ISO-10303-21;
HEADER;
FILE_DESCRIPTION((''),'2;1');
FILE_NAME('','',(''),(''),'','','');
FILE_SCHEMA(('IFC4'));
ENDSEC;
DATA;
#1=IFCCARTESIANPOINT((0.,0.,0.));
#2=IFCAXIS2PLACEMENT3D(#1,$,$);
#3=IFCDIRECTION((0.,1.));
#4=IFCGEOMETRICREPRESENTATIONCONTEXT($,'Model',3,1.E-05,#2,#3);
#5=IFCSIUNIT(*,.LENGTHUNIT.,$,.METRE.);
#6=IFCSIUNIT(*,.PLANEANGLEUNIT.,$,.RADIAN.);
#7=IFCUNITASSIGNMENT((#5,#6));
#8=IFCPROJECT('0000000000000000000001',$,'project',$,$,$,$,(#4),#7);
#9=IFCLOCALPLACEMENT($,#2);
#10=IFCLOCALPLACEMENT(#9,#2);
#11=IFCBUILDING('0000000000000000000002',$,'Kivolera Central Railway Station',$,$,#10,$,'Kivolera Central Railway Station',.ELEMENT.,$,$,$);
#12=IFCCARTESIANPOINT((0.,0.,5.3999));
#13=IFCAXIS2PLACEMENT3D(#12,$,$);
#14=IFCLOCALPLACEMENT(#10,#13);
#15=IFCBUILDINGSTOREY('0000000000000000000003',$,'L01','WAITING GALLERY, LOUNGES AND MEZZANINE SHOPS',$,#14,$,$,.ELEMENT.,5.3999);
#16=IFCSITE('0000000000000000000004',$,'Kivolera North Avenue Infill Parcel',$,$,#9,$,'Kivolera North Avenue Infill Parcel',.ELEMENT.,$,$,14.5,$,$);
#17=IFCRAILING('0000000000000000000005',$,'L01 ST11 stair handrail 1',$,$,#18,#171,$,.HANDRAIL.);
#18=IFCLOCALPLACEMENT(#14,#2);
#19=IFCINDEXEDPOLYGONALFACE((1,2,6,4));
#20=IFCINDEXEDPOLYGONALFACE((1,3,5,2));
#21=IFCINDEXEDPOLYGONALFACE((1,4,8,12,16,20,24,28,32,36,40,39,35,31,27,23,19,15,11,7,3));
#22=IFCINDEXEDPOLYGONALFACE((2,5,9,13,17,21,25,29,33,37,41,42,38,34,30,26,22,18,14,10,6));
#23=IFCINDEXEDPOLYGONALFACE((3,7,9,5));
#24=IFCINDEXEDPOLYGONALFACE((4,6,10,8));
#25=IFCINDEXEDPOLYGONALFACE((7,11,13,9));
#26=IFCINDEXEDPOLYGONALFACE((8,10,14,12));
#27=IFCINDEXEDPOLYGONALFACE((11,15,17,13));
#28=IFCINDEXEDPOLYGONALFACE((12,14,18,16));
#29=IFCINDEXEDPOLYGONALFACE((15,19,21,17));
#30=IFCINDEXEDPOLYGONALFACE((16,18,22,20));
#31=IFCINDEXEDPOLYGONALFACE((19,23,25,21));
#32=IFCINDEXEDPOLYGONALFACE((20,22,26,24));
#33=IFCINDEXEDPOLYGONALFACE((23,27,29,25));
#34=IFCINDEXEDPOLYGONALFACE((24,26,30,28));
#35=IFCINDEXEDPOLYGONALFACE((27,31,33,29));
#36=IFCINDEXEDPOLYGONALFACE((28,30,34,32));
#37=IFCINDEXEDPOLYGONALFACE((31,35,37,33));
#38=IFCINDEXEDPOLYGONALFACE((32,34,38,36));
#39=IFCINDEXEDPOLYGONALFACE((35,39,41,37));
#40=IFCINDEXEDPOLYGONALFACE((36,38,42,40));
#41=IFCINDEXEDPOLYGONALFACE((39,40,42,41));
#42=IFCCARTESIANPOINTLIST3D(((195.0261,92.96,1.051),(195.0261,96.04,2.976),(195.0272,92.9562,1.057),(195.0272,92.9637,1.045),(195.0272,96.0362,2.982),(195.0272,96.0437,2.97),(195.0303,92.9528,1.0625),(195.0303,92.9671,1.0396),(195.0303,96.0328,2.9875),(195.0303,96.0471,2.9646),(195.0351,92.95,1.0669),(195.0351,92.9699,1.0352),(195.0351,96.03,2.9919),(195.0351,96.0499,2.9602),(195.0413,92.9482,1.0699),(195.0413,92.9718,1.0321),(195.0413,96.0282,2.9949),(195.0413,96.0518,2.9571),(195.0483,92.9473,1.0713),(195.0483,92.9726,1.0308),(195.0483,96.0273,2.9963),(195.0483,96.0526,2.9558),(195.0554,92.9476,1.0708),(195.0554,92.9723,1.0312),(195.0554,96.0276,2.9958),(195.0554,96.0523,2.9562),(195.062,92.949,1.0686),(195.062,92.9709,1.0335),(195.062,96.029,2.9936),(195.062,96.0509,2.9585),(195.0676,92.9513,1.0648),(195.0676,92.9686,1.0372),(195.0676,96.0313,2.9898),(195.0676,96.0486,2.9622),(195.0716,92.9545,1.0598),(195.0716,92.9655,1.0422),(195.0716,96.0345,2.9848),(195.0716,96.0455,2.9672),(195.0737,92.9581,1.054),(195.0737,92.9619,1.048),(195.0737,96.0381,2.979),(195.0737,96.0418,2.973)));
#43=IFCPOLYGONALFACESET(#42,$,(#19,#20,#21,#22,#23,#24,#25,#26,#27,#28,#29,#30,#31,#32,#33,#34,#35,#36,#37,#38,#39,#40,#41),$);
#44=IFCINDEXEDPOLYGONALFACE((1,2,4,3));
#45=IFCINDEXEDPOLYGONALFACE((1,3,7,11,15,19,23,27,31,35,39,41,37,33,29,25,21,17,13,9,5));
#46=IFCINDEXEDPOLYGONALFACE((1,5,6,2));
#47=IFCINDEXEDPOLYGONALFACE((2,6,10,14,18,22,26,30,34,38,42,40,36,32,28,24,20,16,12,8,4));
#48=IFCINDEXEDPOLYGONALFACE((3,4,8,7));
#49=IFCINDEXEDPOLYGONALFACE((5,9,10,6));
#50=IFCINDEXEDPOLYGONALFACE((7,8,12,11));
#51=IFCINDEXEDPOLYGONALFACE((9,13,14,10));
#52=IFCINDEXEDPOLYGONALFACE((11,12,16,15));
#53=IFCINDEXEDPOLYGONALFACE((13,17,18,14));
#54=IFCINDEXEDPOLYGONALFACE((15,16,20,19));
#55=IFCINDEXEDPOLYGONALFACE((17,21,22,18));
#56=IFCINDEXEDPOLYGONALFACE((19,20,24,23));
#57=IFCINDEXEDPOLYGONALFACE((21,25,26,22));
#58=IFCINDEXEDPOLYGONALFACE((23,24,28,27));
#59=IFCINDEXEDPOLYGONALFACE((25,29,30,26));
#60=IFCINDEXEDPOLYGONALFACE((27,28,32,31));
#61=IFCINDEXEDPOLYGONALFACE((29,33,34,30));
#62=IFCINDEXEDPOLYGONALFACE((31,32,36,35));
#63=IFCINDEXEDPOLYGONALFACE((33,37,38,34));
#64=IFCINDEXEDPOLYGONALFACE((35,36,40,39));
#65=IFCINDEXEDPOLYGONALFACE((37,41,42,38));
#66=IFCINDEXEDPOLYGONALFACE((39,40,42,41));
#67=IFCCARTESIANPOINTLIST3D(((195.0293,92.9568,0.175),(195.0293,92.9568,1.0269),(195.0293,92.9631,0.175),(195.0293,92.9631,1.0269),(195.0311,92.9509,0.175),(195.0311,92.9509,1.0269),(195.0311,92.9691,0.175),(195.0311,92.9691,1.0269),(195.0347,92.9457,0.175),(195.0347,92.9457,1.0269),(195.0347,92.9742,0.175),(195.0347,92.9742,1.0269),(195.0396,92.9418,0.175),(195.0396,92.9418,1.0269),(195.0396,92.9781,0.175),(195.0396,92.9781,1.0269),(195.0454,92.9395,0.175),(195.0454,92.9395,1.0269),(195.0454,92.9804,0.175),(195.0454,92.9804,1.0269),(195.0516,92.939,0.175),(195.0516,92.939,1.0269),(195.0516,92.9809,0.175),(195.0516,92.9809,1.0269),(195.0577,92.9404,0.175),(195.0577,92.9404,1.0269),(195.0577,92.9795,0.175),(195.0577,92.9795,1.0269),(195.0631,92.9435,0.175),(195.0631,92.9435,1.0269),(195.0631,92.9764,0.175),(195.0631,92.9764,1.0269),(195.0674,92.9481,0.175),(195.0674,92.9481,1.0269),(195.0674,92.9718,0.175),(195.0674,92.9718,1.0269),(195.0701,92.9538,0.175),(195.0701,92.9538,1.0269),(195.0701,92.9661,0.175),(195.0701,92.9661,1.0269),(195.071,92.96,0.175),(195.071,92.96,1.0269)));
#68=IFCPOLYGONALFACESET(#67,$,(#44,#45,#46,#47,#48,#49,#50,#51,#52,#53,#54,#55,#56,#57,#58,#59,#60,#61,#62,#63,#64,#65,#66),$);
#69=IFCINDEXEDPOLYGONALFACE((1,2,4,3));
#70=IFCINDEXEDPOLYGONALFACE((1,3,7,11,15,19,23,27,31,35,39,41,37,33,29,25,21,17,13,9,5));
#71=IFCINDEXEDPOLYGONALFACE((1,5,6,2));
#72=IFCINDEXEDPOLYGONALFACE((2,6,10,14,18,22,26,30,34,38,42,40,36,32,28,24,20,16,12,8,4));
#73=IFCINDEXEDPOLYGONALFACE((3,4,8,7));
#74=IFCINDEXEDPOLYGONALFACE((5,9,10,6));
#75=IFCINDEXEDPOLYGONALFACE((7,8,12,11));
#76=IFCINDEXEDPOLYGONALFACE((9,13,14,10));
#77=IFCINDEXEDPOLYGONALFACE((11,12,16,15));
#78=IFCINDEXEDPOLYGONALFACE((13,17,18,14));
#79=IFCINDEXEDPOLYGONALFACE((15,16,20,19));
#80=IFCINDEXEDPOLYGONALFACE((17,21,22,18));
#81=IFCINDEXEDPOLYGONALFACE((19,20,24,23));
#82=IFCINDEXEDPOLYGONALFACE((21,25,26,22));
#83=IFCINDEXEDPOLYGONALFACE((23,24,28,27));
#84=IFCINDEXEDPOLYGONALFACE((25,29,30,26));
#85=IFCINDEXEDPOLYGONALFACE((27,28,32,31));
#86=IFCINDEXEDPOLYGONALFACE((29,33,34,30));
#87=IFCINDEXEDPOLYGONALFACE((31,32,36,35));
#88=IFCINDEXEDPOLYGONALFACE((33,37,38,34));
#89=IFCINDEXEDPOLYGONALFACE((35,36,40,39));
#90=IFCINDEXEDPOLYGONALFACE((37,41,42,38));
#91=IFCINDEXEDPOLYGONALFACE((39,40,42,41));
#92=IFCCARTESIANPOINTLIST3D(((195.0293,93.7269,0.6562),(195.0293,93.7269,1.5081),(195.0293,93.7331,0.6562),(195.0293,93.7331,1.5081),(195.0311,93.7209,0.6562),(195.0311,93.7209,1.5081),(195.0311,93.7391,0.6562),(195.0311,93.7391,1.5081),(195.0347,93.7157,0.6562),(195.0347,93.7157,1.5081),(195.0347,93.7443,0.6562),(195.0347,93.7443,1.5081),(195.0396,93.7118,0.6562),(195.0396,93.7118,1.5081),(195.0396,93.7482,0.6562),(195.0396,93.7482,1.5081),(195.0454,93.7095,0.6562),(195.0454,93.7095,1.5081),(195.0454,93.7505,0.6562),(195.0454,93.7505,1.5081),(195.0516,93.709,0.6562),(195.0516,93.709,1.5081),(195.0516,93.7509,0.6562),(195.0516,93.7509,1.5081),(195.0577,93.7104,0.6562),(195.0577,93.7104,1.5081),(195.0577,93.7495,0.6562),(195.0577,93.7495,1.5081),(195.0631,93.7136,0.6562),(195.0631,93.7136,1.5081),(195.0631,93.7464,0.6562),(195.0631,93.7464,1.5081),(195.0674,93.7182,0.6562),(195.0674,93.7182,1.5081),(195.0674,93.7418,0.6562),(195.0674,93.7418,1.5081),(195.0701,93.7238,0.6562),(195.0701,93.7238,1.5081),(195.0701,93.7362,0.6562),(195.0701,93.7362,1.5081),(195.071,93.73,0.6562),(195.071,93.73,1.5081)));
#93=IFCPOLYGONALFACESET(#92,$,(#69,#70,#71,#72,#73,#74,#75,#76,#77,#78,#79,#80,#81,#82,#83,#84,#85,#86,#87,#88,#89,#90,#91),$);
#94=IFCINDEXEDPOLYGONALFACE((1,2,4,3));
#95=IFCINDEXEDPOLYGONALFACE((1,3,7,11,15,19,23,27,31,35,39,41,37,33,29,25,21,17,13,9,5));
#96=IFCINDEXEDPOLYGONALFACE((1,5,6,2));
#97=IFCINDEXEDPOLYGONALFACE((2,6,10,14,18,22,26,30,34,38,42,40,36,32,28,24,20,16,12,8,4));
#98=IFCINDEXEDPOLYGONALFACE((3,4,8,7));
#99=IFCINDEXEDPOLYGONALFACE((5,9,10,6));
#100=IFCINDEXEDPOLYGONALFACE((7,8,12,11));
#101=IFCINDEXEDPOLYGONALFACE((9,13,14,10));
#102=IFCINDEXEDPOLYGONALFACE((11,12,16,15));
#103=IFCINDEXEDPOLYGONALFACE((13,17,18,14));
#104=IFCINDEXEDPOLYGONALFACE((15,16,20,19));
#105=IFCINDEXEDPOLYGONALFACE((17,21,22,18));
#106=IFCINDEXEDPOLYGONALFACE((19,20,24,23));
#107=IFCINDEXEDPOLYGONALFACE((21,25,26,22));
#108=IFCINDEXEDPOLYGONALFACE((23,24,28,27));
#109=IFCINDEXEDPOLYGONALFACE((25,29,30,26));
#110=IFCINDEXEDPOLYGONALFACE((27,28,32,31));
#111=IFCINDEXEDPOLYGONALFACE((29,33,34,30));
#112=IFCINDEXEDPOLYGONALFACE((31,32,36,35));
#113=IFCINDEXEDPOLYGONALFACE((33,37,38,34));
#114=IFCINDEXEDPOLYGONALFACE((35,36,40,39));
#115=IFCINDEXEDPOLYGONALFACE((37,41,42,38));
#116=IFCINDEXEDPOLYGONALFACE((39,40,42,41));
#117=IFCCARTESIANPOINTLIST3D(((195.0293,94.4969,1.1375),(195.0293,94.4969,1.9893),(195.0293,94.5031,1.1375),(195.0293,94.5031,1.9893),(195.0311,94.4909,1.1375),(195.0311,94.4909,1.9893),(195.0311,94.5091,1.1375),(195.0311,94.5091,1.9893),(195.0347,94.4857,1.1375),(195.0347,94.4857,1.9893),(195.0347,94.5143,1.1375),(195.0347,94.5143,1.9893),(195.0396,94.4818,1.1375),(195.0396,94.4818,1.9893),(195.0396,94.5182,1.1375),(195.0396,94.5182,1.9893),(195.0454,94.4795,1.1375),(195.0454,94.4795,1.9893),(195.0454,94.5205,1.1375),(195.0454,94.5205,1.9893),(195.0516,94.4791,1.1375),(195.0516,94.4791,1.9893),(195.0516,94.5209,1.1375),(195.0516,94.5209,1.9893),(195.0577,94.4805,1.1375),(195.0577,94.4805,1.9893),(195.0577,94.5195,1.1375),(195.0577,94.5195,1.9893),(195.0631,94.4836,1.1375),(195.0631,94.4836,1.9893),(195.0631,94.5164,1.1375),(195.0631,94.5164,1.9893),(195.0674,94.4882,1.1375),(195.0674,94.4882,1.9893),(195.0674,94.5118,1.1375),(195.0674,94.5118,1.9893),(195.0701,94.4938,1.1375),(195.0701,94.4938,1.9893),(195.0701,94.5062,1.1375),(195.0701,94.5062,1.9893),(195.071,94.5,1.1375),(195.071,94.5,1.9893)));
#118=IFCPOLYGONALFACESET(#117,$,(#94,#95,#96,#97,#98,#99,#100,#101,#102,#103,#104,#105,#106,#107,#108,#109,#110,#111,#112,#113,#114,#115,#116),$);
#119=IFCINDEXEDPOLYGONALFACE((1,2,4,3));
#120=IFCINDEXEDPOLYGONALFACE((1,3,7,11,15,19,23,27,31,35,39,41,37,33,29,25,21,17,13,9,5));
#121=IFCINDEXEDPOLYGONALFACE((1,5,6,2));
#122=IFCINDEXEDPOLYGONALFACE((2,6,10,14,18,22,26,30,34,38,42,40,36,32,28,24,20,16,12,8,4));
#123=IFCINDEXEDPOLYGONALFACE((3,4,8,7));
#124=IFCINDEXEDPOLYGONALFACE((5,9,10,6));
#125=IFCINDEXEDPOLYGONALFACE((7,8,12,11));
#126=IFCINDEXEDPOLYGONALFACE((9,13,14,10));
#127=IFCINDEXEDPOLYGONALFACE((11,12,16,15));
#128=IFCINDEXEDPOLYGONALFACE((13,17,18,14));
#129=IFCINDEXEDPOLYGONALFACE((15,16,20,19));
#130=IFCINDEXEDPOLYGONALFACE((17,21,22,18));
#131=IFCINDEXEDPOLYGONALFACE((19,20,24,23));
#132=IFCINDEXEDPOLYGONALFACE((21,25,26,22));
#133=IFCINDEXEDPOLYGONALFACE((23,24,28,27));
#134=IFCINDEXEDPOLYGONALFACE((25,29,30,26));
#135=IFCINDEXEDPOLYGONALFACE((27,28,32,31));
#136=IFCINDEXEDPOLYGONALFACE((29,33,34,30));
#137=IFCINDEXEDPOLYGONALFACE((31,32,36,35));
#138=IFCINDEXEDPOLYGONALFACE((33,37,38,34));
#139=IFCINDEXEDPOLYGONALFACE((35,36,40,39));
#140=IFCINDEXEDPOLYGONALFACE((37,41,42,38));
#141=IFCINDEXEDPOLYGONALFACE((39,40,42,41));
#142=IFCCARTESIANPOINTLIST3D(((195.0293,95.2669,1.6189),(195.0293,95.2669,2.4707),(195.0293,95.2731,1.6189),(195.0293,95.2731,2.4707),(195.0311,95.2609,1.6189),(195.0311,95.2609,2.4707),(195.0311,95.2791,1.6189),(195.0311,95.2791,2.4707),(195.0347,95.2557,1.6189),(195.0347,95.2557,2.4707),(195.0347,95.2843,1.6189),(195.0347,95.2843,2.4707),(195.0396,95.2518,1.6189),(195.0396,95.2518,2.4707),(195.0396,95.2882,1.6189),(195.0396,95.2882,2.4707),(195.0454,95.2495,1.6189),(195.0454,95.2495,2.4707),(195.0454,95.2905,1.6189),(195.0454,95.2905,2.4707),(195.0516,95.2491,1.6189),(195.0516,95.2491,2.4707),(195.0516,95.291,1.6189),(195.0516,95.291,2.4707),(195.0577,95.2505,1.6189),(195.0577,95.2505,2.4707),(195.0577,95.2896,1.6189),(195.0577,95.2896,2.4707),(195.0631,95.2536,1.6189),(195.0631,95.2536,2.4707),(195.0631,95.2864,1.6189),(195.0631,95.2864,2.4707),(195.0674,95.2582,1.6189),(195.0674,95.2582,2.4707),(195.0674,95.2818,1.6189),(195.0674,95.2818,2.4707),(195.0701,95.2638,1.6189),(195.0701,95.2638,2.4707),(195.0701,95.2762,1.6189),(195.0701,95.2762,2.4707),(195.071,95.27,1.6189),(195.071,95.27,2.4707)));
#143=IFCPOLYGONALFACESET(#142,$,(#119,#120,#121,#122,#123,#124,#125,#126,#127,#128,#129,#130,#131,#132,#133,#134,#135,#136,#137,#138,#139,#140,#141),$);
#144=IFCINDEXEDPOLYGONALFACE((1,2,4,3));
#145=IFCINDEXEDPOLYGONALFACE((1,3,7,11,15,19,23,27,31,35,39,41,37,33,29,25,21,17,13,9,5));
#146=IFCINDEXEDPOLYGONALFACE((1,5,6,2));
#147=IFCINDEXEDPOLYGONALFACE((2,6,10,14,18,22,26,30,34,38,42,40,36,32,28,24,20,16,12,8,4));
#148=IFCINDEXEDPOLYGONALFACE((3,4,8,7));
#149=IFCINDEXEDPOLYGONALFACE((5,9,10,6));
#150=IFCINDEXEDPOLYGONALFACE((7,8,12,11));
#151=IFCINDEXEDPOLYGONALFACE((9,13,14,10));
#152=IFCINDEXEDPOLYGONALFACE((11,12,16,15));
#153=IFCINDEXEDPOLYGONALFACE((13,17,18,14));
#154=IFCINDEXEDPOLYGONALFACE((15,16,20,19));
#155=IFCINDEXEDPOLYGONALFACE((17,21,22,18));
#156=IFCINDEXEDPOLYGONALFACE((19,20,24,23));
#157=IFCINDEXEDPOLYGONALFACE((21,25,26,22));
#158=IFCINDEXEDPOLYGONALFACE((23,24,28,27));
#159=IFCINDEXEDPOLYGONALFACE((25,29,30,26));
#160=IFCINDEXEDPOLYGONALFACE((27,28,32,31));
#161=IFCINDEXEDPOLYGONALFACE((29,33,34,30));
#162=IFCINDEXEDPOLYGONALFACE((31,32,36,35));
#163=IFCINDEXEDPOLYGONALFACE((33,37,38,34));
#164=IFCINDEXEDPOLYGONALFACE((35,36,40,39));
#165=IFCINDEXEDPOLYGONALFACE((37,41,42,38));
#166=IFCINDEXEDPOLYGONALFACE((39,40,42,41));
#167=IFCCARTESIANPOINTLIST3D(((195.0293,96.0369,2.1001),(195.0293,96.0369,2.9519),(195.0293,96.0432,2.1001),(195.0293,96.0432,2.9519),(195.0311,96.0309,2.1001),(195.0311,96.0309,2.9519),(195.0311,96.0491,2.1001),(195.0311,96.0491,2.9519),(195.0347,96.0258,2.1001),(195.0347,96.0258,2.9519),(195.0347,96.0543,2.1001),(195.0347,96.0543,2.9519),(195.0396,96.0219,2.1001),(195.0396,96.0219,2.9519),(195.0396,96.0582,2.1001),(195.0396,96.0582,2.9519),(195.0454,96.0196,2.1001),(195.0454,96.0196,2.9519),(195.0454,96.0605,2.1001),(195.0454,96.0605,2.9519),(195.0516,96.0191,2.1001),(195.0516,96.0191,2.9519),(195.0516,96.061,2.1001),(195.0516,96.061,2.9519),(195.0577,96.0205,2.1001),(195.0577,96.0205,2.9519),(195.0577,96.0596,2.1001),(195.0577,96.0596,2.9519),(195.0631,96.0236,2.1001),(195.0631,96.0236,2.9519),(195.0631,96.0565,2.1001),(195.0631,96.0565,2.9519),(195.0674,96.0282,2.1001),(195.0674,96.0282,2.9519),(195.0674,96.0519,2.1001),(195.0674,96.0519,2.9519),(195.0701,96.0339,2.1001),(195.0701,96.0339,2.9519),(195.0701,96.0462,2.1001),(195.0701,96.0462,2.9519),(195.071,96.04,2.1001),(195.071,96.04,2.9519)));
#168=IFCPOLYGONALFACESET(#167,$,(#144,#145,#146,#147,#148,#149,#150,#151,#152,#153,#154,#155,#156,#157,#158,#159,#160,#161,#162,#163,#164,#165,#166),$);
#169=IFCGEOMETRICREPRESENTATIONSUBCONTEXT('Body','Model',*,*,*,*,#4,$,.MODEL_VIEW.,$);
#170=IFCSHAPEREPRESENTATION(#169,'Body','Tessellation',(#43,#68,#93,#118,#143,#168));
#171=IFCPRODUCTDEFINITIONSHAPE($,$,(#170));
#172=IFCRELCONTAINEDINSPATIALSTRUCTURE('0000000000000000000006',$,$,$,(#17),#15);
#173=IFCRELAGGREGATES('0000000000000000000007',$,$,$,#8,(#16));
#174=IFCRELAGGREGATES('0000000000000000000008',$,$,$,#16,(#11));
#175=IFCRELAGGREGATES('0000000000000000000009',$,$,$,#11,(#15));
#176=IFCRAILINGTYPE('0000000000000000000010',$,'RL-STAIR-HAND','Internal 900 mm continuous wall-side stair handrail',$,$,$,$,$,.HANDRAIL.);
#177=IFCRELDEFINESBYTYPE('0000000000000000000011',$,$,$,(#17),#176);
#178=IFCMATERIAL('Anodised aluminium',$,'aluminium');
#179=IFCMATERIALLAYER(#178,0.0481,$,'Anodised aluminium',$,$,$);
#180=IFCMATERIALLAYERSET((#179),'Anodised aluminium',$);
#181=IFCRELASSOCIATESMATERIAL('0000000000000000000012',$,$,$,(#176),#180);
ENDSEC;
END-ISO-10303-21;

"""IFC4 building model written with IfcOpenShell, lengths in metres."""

from ifc_helpers import new_model, si_unit, direction, frame, origin, origin_2d, place, context, subcontext, project, spatial, circle, extrude, material, layer, layer_set, type_object, element, save


model = new_model("IFC4")

# Units and contexts
model_context = context("Model", 3, precision=1e-05, world=origin(), true_north=direction((0.0, 1.0)))
body_context = subcontext(model_context, "Body", "Model", "MODEL_VIEW")
ifc_project = project(units=[si_unit("LENGTHUNIT", "METRE"), si_unit("PLANEANGLEUNIT", "RADIAN")], contexts=[model_context])

# Site, building, storey
site_placement = place(None, origin())
site = spatial("IfcSite", under=ifc_project, at=site_placement, Name="Kivolera North Avenue Infill Parcel", LongName="Kivolera North Avenue Infill Parcel", CompositionType="ELEMENT", RefElevation=14.5)
building_placement = place(site_placement, origin())
building = spatial("IfcBuilding", under=site, at=building_placement, Name="Kivolera Central Railway Station", LongName="Kivolera Central Railway Station", CompositionType="ELEMENT")
storey_placement = place(building_placement, frame((0.0, 0.0, 5.3999)))
storey = spatial("IfcBuildingStorey", under=building, at=storey_placement, Name="L01", Description="WAITING GALLERY, LOUNGES AND MEZZANINE SHOPS", CompositionType="ELEMENT", Elevation=5.3999)

# Shared definitions
ifc_material_1 = material(Name="Anodised aluminium", Category="aluminium")

# Railing
ifc_layer_1 = layer(ifc_material_1, 0.0481, Name="Anodised aluminium")
ifc_layer_set_1 = layer_set([ifc_layer_1], Name="Anodised aluminium")
railing_type_1 = type_object("IfcRailingType", Name="RL-STAIR-HAND", Description="Internal 900 mm continuous wall-side stair handrail", PredefinedType="HANDRAIL", material=ifc_layer_set_1)
railing_1_placement = place(storey_placement, frame((195.05, 92.96, 0.175)))
element("IfcRailing", 1, at=railing_1_placement, inside=storey, type_object=railing_type_1, Name="L01 ST11 stair handrail 1", PredefinedType="HANDRAIL", context=body_context, shape_type="SweptSolid", body=[
    extrude(circle(Radius=0.0239, at=origin_2d()), frame((0.0, 0.0, 0.876), z_axis=(0.0, 0.847998, 0.529999), x_axis=(-1.0, 0.0, 0.0)), (0.0, 0.0, 1.0), 3.6321),
    extrude(circle(Radius=0.021, at=origin_2d()), origin(), (0.0, 0.0, 1.0), 0.8518),
    extrude(circle(Radius=0.021, at=origin_2d()), frame((0.0, 0.77, 0.4812)), (0.0, 0.0, 1.0), 0.8518),
    extrude(circle(Radius=0.021, at=origin_2d()), frame((0.0, 1.54, 0.9624)), (0.0, 0.0, 1.0), 0.8518),
    extrude(circle(Radius=0.021, at=origin_2d()), frame((0.0, 2.3101, 1.4438)), (0.0, 0.0, 1.0), 0.8518),
    extrude(circle(Radius=0.021, at=origin_2d()), frame((0.0, 3.0801, 1.925)), (0.0, 0.0, 1.0), 0.8518),
])

save(model, "model.ifc")
